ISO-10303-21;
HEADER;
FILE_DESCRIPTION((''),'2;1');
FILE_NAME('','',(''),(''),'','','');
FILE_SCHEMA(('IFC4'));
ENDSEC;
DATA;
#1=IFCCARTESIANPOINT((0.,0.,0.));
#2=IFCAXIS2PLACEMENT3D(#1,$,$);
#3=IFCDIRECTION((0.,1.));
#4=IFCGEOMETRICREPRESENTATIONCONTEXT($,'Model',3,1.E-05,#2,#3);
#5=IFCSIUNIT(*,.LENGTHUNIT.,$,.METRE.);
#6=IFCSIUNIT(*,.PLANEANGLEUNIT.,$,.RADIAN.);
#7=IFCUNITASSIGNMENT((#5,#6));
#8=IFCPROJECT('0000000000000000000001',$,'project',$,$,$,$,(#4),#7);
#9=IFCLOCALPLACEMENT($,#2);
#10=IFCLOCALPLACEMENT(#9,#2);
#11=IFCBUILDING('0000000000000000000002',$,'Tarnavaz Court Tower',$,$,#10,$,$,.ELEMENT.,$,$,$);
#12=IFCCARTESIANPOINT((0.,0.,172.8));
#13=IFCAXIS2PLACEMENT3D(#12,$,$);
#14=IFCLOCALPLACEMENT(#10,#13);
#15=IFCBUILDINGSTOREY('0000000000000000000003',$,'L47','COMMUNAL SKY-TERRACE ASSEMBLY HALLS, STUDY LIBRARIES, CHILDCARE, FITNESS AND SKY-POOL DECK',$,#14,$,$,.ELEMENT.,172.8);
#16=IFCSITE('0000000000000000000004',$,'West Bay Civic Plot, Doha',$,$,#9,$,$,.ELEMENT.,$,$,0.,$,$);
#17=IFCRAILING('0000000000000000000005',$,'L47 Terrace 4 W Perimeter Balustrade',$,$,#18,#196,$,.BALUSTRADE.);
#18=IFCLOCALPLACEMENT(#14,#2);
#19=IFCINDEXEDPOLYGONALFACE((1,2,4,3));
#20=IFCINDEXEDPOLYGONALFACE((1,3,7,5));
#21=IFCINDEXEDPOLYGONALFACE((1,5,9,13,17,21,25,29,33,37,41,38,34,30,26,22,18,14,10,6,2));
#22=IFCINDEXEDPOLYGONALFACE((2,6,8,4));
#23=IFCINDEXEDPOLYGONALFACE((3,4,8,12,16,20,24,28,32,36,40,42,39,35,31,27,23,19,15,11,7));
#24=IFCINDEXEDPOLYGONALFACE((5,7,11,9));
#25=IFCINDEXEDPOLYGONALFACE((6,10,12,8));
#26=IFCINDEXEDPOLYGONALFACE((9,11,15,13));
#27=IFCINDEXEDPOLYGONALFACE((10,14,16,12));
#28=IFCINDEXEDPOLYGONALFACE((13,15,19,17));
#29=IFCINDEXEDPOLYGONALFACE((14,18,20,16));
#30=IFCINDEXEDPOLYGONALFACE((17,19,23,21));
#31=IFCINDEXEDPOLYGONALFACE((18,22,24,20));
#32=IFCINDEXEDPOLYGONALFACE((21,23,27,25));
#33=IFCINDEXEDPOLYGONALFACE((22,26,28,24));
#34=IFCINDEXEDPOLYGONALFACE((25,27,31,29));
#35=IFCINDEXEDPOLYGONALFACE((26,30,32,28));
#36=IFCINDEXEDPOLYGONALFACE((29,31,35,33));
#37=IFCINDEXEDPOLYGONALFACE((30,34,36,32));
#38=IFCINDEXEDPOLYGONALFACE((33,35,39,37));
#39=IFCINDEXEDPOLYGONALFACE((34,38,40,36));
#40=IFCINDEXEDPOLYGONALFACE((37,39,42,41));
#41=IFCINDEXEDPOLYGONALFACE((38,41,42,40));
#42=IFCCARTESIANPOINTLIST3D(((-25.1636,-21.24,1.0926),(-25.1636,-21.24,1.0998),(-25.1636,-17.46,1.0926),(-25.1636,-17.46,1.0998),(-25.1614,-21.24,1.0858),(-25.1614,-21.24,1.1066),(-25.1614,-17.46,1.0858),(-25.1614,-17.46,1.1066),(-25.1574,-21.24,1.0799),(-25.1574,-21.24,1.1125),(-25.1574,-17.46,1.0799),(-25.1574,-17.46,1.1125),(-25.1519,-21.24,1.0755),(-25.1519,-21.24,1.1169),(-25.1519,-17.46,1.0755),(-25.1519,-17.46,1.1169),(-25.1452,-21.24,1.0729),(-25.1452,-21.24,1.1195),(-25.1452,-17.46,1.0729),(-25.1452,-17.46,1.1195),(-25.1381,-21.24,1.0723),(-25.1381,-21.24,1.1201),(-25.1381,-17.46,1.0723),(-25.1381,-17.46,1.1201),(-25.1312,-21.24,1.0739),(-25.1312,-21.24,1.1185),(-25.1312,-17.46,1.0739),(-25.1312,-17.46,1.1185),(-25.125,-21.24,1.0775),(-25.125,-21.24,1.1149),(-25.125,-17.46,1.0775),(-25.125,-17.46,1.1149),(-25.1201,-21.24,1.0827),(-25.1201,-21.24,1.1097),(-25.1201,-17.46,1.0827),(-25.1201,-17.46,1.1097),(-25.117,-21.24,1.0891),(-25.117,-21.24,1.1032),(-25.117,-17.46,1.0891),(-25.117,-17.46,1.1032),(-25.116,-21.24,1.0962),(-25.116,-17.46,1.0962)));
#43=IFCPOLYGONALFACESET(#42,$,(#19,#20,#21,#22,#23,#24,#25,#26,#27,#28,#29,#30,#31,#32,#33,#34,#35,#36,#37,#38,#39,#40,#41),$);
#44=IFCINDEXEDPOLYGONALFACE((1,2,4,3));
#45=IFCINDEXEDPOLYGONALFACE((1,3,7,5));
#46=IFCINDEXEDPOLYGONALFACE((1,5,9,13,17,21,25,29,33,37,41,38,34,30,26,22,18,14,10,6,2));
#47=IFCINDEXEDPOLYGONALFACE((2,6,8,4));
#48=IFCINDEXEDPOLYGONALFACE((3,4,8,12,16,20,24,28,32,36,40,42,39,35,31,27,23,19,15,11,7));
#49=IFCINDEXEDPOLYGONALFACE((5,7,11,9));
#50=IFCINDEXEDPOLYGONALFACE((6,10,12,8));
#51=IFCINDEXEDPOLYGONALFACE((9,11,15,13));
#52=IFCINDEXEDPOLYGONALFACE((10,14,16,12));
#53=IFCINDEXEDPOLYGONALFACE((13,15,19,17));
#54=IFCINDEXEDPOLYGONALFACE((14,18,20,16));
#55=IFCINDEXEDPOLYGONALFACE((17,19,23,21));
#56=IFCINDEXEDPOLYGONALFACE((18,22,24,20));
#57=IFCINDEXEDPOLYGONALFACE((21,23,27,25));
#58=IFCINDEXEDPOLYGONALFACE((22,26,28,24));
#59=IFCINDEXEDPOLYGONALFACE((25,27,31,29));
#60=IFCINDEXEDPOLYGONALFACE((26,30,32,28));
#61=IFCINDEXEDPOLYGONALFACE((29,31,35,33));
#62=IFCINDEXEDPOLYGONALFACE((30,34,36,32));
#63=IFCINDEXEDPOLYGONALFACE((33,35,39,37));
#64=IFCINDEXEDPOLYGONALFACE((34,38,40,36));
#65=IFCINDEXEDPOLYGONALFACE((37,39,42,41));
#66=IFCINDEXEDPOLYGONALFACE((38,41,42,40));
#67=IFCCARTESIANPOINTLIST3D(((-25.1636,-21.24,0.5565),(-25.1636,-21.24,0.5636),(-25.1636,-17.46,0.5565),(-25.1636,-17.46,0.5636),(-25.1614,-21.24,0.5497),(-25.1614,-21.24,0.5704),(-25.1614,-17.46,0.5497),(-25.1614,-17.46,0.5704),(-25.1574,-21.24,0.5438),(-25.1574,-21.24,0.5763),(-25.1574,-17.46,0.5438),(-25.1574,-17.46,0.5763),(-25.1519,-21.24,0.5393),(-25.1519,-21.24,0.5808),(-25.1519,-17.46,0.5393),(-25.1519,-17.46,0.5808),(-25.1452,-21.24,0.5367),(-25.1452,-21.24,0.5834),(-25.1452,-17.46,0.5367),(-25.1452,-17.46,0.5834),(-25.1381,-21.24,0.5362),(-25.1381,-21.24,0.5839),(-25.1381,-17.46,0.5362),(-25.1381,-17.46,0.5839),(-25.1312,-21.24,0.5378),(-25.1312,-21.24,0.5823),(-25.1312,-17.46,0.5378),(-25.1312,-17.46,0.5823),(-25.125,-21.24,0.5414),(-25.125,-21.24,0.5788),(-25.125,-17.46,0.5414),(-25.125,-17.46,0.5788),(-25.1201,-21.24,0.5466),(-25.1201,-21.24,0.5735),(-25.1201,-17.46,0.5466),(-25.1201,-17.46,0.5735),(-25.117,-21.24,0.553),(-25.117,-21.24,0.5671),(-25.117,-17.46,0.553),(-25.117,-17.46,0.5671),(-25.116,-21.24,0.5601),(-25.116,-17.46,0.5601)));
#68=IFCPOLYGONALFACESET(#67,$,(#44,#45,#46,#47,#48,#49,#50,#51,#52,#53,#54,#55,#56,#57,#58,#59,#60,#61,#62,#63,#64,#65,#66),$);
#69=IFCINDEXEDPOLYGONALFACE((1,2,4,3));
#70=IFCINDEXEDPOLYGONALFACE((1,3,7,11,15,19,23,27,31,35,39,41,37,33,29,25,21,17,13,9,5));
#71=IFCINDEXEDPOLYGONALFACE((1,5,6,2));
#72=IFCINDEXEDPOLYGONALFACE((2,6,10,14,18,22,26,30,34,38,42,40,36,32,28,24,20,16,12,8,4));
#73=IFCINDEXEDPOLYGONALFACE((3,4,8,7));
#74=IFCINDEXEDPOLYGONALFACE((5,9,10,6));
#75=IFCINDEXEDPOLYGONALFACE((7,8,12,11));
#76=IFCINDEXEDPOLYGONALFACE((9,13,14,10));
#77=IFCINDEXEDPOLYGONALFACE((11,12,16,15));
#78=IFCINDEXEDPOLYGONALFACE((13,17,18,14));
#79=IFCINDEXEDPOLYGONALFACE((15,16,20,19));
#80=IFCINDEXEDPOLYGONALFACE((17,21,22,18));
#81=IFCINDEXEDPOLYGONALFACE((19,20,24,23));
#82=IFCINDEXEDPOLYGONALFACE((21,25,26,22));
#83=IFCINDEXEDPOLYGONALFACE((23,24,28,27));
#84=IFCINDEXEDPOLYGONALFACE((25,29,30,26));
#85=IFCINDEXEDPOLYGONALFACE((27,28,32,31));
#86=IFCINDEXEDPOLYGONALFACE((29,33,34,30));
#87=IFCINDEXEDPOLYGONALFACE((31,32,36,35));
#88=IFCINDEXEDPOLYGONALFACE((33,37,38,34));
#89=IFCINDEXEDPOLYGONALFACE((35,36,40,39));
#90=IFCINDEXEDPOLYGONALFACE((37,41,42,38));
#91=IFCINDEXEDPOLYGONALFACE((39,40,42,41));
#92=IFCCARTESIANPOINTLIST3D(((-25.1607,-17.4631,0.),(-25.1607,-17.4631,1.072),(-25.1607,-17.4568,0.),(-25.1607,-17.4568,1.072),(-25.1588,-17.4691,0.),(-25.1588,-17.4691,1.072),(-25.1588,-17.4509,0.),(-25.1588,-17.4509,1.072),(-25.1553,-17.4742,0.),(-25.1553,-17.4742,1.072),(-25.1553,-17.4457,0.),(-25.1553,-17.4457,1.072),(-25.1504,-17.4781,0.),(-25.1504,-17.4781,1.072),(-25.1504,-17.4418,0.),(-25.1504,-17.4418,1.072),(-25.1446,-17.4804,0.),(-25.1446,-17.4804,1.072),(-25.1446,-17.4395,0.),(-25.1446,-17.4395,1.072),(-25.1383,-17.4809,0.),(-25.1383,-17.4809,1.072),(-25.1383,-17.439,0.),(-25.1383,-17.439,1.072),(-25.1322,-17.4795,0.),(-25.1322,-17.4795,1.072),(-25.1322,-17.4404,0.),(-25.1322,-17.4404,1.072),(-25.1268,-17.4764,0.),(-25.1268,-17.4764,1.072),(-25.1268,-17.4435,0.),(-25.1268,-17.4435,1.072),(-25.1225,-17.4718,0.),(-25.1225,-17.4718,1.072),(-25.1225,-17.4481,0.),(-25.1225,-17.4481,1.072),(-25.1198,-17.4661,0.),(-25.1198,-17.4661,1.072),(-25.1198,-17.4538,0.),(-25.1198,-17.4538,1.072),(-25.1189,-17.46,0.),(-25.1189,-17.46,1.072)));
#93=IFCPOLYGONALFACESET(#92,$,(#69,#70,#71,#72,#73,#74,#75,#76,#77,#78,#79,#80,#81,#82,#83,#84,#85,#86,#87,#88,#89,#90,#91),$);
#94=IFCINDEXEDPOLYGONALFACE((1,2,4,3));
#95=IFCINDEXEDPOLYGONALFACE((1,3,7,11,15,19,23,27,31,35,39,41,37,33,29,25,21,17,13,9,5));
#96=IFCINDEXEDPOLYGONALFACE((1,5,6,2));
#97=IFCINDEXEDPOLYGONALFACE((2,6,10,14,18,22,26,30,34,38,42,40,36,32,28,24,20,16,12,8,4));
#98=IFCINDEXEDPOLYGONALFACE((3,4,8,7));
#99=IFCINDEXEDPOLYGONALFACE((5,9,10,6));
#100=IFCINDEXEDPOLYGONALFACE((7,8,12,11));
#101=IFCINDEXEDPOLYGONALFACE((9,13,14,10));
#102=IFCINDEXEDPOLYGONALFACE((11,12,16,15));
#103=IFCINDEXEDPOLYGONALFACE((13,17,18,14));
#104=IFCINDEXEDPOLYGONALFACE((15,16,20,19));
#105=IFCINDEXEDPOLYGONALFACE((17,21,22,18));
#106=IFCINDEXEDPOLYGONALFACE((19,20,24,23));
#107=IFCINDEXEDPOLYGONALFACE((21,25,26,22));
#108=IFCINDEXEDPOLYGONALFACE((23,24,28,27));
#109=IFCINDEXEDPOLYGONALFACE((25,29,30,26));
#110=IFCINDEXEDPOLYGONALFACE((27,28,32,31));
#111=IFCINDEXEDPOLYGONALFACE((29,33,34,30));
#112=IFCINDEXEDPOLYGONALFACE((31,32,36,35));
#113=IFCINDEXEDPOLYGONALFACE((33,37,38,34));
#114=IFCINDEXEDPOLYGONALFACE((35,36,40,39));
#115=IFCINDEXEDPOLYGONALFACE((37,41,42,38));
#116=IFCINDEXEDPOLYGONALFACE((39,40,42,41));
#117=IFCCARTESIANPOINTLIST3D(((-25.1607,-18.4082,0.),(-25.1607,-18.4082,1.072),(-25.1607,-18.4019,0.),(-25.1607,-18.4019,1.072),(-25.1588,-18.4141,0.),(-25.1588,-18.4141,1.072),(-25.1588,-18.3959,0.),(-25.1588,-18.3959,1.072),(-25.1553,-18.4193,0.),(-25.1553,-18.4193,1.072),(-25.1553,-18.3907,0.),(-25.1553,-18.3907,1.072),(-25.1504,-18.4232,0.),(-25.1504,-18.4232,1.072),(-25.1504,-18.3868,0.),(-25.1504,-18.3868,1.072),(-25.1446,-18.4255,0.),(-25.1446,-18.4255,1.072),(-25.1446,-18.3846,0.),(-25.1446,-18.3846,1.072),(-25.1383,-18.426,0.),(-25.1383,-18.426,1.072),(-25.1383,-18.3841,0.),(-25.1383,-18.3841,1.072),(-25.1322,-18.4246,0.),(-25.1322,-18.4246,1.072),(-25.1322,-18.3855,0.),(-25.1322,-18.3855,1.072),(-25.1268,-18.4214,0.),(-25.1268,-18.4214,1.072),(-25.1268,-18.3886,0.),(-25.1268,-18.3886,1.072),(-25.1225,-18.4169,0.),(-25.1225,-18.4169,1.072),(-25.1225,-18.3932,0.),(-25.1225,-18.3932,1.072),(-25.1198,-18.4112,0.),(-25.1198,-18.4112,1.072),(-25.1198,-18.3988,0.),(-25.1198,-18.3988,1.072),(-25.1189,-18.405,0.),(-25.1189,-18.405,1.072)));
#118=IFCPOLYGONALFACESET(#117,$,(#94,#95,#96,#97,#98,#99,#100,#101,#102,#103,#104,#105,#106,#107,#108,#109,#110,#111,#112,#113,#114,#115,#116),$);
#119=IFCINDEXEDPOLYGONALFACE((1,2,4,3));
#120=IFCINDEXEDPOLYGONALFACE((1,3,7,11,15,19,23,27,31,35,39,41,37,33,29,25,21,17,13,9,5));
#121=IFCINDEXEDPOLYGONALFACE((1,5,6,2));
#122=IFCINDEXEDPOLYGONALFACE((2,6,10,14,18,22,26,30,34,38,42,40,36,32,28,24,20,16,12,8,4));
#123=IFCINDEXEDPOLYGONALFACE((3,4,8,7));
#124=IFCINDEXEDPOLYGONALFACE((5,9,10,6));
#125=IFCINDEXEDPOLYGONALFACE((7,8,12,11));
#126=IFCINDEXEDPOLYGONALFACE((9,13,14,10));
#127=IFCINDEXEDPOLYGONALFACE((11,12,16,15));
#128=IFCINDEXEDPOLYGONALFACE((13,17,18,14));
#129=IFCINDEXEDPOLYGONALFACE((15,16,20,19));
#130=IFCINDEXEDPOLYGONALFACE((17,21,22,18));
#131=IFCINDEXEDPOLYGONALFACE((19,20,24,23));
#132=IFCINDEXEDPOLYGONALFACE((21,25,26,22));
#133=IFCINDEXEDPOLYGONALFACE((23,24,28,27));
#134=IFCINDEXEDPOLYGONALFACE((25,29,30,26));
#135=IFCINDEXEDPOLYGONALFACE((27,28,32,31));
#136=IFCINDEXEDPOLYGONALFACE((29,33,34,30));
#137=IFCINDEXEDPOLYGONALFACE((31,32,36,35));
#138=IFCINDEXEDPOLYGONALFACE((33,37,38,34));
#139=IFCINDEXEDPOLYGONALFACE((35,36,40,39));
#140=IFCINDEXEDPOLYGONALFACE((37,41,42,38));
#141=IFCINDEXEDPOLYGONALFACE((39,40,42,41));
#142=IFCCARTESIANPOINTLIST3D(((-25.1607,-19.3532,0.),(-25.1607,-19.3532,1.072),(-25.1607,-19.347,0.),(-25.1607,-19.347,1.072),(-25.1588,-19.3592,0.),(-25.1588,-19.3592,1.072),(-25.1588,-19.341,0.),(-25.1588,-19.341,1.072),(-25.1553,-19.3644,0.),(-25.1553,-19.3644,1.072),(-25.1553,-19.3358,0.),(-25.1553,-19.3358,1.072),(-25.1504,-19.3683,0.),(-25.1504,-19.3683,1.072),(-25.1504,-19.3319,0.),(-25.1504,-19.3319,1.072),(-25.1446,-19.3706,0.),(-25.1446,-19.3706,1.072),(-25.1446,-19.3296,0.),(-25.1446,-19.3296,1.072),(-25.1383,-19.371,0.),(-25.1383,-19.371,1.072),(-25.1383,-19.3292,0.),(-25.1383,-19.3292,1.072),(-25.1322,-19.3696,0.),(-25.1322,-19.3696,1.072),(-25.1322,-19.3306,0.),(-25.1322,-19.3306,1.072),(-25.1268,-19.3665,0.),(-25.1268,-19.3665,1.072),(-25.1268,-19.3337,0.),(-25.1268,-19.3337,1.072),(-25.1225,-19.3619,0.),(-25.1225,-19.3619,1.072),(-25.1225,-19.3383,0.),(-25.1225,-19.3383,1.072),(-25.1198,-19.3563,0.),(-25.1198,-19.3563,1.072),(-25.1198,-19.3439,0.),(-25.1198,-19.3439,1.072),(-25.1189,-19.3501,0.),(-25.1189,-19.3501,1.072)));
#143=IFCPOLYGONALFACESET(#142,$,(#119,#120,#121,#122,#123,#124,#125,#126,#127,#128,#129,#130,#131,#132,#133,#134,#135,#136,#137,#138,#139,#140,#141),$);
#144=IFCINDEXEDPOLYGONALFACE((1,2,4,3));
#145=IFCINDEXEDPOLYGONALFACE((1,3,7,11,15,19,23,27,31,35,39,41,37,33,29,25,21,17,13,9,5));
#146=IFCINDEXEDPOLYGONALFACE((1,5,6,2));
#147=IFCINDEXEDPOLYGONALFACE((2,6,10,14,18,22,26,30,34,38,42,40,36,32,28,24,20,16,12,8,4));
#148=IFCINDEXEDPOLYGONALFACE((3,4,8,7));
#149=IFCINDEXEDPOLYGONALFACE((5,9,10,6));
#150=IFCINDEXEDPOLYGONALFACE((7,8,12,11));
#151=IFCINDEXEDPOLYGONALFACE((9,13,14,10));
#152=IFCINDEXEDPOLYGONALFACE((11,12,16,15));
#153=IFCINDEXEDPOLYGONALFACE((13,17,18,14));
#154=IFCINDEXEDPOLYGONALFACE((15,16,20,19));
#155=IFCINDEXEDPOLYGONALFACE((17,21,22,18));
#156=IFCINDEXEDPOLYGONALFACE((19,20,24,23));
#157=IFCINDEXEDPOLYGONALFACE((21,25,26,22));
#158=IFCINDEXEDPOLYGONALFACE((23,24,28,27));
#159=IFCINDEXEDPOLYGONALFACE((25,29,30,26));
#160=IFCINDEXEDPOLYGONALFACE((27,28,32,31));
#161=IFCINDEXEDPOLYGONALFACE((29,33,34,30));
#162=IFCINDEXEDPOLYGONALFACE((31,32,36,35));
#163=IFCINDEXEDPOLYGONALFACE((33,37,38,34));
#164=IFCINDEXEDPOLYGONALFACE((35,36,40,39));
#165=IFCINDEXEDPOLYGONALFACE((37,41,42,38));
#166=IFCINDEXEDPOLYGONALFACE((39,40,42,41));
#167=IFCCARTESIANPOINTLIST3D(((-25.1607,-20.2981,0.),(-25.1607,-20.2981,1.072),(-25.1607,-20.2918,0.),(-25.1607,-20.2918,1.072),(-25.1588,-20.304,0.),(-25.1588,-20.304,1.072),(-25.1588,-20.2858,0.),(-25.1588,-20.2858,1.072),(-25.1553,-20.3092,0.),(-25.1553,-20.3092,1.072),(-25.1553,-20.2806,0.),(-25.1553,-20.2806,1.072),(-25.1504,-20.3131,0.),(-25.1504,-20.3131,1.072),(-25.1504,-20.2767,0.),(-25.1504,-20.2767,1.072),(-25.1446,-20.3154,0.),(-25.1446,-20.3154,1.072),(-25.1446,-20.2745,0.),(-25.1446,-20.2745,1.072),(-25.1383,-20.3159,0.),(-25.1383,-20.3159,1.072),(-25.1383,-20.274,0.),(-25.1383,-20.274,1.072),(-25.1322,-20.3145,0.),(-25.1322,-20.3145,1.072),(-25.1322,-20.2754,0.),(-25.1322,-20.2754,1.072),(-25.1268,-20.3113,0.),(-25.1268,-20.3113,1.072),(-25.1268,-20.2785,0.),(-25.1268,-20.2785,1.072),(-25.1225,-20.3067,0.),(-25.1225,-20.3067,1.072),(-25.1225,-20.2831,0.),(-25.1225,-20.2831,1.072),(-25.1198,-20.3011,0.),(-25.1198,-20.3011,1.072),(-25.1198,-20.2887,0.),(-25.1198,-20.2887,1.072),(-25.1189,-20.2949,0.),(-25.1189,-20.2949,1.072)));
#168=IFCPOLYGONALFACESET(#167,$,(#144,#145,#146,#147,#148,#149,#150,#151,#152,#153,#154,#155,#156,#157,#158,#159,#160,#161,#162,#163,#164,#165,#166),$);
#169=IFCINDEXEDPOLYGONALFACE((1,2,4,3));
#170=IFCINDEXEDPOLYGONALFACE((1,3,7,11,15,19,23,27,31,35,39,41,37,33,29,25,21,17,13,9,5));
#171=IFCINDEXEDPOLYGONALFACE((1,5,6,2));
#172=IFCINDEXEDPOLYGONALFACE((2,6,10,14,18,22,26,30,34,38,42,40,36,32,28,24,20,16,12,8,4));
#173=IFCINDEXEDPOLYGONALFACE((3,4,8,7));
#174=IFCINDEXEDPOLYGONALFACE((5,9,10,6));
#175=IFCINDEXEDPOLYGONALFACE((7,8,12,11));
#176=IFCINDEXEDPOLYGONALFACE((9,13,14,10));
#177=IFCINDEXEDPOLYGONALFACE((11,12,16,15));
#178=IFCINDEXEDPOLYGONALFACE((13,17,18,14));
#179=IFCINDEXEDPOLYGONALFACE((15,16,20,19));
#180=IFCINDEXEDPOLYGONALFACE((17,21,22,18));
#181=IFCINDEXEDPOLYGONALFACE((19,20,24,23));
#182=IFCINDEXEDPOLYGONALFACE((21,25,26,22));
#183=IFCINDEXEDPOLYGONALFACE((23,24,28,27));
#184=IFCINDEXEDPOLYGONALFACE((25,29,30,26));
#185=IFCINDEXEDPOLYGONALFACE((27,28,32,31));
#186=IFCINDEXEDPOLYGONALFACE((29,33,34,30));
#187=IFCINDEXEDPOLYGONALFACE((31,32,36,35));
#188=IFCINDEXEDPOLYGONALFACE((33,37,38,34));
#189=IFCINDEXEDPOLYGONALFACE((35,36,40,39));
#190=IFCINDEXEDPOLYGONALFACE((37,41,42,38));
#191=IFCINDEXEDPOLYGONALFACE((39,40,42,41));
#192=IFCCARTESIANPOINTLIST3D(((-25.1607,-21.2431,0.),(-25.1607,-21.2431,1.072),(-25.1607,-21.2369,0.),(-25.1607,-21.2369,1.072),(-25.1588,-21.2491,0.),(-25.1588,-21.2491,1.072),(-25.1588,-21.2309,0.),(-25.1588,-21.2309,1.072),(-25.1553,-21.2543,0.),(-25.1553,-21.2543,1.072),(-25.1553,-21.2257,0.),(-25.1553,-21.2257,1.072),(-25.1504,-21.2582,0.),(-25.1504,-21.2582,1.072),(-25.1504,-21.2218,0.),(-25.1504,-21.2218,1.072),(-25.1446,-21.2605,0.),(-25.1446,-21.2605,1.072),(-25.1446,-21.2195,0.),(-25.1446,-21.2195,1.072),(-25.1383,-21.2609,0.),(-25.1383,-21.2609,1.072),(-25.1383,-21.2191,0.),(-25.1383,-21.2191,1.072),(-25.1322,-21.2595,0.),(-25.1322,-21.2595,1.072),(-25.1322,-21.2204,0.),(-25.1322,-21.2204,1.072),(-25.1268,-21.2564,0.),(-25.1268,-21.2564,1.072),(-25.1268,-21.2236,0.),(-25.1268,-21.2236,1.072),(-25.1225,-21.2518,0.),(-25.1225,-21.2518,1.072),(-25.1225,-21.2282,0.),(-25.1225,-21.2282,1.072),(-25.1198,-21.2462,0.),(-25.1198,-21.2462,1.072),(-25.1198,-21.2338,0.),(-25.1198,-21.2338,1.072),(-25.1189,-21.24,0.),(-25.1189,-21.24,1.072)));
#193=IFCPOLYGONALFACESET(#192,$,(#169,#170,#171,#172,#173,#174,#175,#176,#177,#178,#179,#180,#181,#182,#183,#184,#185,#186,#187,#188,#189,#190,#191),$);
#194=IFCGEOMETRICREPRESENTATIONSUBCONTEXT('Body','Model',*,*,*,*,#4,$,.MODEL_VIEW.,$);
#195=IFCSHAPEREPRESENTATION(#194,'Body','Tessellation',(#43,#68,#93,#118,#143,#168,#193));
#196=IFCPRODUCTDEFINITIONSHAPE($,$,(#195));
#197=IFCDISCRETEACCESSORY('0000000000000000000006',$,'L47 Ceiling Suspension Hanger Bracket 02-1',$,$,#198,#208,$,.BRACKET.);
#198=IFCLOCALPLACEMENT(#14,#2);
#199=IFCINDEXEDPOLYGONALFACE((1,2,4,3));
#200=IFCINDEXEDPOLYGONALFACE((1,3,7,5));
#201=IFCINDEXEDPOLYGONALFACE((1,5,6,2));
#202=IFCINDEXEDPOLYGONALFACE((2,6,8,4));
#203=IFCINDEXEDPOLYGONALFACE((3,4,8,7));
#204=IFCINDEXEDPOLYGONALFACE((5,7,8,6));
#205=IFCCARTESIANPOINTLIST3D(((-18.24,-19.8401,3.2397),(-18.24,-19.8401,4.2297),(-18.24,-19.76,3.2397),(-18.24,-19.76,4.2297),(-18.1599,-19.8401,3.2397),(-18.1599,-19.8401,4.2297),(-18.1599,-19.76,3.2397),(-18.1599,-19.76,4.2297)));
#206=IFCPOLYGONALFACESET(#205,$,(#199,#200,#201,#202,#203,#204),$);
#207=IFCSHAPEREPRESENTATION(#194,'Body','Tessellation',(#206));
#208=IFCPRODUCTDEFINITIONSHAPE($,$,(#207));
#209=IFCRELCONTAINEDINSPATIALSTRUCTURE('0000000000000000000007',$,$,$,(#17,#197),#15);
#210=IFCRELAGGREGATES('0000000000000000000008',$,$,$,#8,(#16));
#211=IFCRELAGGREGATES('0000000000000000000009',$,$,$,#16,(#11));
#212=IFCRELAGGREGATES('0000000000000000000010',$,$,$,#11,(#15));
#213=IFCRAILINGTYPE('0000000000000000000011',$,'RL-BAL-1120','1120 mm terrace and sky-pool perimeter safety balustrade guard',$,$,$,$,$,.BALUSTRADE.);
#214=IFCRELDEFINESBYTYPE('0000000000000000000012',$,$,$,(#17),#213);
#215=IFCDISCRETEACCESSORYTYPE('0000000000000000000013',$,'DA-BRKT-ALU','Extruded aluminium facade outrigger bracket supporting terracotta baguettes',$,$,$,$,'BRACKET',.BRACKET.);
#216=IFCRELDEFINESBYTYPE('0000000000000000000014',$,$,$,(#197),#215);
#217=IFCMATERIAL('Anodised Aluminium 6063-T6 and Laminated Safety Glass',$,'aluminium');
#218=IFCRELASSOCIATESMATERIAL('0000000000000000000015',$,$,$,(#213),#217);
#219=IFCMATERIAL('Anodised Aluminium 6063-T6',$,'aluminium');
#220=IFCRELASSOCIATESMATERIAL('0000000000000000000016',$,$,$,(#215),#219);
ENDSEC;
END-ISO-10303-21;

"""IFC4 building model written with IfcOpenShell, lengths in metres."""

from ifc_helpers import new_model, si_unit, direction, frame, origin, origin_2d, place, context, subcontext, project, spatial, rectangle, circle, extrude, material, type_object, element, save


model = new_model("IFC4")

# Units and contexts
model_context = context("Model", 3, precision=1e-05, world=origin(), true_north=direction((0.0, 1.0)))
body_context = subcontext(model_context, "Body", "Model", "MODEL_VIEW")
ifc_project = project(units=[si_unit("LENGTHUNIT", "METRE"), si_unit("PLANEANGLEUNIT", "RADIAN")], contexts=[model_context])

# Site, building, storey
site_placement = place(None, origin())
site = spatial("IfcSite", under=ifc_project, at=site_placement, Name="West Bay Civic Plot, Doha", CompositionType="ELEMENT", RefElevation=0.0)
building_placement = place(site_placement, origin())
building = spatial("IfcBuilding", under=site, at=building_placement, Name="Tarnavaz Court Tower", CompositionType="ELEMENT")
storey_placement = place(building_placement, frame((0.0, 0.0, 172.8)))
storey = spatial("IfcBuildingStorey", under=building, at=storey_placement, Name="L47", Description="COMMUNAL SKY-TERRACE ASSEMBLY HALLS, STUDY LIBRARIES, CHILDCARE, FITNESS AND SKY-POOL DECK", CompositionType="ELEMENT", Elevation=172.8)

# Shared definitions
ifc_material_1 = material(Name="Anodised Aluminium 6063-T6", Category="aluminium")

# Railing
ifc_material_2 = material(Name="Anodised Aluminium 6063-T6 and Laminated Safety Glass", Category="aluminium")
railing_type = type_object("IfcRailingType", Name="RL-BAL-1120", Description="1120 mm terrace and sky-pool perimeter safety balustrade guard", PredefinedType="BALUSTRADE", material=ifc_material_2)
railing_1_placement = place(storey_placement, frame((-25.1399, -17.46, 0.0)))
element("IfcRailing", 1, at=railing_1_placement, inside=storey, type_object=railing_type, Name="L47 Terrace 4 W Perimeter Balustrade", PredefinedType="BALUSTRADE", context=body_context, shape_type="SweptSolid", body=[
    extrude(circle(Radius=0.0239, at=origin_2d()), frame((0.0, 0.0, 1.0962), z_axis=(0.0, -1.0, 0.0), x_axis=(1.0, 0.0, 0.0)), (0.0, 0.0, 1.0), 3.78),
    extrude(circle(Radius=0.0239, at=origin_2d()), frame((0.0, 0.0, 0.5601), z_axis=(0.0, -1.0, 0.0), x_axis=(1.0, 0.0, 0.0)), (0.0, 0.0, 1.0), 3.78),
    extrude(circle(Radius=0.021, at=origin_2d()), origin(), (0.0, 0.0, 1.0), 1.072),
    extrude(circle(Radius=0.021, at=origin_2d()), frame((0.0, -0.9451, 0.0)), (0.0, 0.0, 1.0), 1.072),
    extrude(circle(Radius=0.021, at=origin_2d()), frame((0.0, -1.8901, 0.0)), (0.0, 0.0, 1.0), 1.072),
    extrude(circle(Radius=0.021, at=origin_2d()), frame((0.0, -2.835, 0.0)), (0.0, 0.0, 1.0), 1.072),
    extrude(circle(Radius=0.021, at=origin_2d()), frame((0.0, -3.78, 0.0)), (0.0, 0.0, 1.0), 1.072),
])

# Discrete accessory
discrete_accessory_type = type_object("IfcDiscreteAccessoryType", Name="DA-BRKT-ALU", Description="Extruded aluminium facade outrigger bracket supporting terracotta baguettes", ElementType="BRACKET", PredefinedType="BRACKET", material=ifc_material_1)
for number, where, z_axis, x_axis, name in (
    (2, (-18.2, -19.8, 3.2397), (0.0, 0.0, 1.0), (1.0, 0.0, 0.0), "L47 Ceiling Suspension Hanger Bracket 02-1"),
):
    element("IfcDiscreteAccessory", number, at=place(storey_placement, frame(where, z_axis=z_axis, x_axis=x_axis)), inside=storey, type_object=discrete_accessory_type, Name=name, PredefinedType="BRACKET", context=body_context, shape_type="SweptSolid", body=[
        extrude(rectangle(XDim=0.0801, YDim=0.0801, at=origin_2d()), origin(), (0.0, 0.0, 1.0), 0.99),
    ])

save(model, "model.ifc")
